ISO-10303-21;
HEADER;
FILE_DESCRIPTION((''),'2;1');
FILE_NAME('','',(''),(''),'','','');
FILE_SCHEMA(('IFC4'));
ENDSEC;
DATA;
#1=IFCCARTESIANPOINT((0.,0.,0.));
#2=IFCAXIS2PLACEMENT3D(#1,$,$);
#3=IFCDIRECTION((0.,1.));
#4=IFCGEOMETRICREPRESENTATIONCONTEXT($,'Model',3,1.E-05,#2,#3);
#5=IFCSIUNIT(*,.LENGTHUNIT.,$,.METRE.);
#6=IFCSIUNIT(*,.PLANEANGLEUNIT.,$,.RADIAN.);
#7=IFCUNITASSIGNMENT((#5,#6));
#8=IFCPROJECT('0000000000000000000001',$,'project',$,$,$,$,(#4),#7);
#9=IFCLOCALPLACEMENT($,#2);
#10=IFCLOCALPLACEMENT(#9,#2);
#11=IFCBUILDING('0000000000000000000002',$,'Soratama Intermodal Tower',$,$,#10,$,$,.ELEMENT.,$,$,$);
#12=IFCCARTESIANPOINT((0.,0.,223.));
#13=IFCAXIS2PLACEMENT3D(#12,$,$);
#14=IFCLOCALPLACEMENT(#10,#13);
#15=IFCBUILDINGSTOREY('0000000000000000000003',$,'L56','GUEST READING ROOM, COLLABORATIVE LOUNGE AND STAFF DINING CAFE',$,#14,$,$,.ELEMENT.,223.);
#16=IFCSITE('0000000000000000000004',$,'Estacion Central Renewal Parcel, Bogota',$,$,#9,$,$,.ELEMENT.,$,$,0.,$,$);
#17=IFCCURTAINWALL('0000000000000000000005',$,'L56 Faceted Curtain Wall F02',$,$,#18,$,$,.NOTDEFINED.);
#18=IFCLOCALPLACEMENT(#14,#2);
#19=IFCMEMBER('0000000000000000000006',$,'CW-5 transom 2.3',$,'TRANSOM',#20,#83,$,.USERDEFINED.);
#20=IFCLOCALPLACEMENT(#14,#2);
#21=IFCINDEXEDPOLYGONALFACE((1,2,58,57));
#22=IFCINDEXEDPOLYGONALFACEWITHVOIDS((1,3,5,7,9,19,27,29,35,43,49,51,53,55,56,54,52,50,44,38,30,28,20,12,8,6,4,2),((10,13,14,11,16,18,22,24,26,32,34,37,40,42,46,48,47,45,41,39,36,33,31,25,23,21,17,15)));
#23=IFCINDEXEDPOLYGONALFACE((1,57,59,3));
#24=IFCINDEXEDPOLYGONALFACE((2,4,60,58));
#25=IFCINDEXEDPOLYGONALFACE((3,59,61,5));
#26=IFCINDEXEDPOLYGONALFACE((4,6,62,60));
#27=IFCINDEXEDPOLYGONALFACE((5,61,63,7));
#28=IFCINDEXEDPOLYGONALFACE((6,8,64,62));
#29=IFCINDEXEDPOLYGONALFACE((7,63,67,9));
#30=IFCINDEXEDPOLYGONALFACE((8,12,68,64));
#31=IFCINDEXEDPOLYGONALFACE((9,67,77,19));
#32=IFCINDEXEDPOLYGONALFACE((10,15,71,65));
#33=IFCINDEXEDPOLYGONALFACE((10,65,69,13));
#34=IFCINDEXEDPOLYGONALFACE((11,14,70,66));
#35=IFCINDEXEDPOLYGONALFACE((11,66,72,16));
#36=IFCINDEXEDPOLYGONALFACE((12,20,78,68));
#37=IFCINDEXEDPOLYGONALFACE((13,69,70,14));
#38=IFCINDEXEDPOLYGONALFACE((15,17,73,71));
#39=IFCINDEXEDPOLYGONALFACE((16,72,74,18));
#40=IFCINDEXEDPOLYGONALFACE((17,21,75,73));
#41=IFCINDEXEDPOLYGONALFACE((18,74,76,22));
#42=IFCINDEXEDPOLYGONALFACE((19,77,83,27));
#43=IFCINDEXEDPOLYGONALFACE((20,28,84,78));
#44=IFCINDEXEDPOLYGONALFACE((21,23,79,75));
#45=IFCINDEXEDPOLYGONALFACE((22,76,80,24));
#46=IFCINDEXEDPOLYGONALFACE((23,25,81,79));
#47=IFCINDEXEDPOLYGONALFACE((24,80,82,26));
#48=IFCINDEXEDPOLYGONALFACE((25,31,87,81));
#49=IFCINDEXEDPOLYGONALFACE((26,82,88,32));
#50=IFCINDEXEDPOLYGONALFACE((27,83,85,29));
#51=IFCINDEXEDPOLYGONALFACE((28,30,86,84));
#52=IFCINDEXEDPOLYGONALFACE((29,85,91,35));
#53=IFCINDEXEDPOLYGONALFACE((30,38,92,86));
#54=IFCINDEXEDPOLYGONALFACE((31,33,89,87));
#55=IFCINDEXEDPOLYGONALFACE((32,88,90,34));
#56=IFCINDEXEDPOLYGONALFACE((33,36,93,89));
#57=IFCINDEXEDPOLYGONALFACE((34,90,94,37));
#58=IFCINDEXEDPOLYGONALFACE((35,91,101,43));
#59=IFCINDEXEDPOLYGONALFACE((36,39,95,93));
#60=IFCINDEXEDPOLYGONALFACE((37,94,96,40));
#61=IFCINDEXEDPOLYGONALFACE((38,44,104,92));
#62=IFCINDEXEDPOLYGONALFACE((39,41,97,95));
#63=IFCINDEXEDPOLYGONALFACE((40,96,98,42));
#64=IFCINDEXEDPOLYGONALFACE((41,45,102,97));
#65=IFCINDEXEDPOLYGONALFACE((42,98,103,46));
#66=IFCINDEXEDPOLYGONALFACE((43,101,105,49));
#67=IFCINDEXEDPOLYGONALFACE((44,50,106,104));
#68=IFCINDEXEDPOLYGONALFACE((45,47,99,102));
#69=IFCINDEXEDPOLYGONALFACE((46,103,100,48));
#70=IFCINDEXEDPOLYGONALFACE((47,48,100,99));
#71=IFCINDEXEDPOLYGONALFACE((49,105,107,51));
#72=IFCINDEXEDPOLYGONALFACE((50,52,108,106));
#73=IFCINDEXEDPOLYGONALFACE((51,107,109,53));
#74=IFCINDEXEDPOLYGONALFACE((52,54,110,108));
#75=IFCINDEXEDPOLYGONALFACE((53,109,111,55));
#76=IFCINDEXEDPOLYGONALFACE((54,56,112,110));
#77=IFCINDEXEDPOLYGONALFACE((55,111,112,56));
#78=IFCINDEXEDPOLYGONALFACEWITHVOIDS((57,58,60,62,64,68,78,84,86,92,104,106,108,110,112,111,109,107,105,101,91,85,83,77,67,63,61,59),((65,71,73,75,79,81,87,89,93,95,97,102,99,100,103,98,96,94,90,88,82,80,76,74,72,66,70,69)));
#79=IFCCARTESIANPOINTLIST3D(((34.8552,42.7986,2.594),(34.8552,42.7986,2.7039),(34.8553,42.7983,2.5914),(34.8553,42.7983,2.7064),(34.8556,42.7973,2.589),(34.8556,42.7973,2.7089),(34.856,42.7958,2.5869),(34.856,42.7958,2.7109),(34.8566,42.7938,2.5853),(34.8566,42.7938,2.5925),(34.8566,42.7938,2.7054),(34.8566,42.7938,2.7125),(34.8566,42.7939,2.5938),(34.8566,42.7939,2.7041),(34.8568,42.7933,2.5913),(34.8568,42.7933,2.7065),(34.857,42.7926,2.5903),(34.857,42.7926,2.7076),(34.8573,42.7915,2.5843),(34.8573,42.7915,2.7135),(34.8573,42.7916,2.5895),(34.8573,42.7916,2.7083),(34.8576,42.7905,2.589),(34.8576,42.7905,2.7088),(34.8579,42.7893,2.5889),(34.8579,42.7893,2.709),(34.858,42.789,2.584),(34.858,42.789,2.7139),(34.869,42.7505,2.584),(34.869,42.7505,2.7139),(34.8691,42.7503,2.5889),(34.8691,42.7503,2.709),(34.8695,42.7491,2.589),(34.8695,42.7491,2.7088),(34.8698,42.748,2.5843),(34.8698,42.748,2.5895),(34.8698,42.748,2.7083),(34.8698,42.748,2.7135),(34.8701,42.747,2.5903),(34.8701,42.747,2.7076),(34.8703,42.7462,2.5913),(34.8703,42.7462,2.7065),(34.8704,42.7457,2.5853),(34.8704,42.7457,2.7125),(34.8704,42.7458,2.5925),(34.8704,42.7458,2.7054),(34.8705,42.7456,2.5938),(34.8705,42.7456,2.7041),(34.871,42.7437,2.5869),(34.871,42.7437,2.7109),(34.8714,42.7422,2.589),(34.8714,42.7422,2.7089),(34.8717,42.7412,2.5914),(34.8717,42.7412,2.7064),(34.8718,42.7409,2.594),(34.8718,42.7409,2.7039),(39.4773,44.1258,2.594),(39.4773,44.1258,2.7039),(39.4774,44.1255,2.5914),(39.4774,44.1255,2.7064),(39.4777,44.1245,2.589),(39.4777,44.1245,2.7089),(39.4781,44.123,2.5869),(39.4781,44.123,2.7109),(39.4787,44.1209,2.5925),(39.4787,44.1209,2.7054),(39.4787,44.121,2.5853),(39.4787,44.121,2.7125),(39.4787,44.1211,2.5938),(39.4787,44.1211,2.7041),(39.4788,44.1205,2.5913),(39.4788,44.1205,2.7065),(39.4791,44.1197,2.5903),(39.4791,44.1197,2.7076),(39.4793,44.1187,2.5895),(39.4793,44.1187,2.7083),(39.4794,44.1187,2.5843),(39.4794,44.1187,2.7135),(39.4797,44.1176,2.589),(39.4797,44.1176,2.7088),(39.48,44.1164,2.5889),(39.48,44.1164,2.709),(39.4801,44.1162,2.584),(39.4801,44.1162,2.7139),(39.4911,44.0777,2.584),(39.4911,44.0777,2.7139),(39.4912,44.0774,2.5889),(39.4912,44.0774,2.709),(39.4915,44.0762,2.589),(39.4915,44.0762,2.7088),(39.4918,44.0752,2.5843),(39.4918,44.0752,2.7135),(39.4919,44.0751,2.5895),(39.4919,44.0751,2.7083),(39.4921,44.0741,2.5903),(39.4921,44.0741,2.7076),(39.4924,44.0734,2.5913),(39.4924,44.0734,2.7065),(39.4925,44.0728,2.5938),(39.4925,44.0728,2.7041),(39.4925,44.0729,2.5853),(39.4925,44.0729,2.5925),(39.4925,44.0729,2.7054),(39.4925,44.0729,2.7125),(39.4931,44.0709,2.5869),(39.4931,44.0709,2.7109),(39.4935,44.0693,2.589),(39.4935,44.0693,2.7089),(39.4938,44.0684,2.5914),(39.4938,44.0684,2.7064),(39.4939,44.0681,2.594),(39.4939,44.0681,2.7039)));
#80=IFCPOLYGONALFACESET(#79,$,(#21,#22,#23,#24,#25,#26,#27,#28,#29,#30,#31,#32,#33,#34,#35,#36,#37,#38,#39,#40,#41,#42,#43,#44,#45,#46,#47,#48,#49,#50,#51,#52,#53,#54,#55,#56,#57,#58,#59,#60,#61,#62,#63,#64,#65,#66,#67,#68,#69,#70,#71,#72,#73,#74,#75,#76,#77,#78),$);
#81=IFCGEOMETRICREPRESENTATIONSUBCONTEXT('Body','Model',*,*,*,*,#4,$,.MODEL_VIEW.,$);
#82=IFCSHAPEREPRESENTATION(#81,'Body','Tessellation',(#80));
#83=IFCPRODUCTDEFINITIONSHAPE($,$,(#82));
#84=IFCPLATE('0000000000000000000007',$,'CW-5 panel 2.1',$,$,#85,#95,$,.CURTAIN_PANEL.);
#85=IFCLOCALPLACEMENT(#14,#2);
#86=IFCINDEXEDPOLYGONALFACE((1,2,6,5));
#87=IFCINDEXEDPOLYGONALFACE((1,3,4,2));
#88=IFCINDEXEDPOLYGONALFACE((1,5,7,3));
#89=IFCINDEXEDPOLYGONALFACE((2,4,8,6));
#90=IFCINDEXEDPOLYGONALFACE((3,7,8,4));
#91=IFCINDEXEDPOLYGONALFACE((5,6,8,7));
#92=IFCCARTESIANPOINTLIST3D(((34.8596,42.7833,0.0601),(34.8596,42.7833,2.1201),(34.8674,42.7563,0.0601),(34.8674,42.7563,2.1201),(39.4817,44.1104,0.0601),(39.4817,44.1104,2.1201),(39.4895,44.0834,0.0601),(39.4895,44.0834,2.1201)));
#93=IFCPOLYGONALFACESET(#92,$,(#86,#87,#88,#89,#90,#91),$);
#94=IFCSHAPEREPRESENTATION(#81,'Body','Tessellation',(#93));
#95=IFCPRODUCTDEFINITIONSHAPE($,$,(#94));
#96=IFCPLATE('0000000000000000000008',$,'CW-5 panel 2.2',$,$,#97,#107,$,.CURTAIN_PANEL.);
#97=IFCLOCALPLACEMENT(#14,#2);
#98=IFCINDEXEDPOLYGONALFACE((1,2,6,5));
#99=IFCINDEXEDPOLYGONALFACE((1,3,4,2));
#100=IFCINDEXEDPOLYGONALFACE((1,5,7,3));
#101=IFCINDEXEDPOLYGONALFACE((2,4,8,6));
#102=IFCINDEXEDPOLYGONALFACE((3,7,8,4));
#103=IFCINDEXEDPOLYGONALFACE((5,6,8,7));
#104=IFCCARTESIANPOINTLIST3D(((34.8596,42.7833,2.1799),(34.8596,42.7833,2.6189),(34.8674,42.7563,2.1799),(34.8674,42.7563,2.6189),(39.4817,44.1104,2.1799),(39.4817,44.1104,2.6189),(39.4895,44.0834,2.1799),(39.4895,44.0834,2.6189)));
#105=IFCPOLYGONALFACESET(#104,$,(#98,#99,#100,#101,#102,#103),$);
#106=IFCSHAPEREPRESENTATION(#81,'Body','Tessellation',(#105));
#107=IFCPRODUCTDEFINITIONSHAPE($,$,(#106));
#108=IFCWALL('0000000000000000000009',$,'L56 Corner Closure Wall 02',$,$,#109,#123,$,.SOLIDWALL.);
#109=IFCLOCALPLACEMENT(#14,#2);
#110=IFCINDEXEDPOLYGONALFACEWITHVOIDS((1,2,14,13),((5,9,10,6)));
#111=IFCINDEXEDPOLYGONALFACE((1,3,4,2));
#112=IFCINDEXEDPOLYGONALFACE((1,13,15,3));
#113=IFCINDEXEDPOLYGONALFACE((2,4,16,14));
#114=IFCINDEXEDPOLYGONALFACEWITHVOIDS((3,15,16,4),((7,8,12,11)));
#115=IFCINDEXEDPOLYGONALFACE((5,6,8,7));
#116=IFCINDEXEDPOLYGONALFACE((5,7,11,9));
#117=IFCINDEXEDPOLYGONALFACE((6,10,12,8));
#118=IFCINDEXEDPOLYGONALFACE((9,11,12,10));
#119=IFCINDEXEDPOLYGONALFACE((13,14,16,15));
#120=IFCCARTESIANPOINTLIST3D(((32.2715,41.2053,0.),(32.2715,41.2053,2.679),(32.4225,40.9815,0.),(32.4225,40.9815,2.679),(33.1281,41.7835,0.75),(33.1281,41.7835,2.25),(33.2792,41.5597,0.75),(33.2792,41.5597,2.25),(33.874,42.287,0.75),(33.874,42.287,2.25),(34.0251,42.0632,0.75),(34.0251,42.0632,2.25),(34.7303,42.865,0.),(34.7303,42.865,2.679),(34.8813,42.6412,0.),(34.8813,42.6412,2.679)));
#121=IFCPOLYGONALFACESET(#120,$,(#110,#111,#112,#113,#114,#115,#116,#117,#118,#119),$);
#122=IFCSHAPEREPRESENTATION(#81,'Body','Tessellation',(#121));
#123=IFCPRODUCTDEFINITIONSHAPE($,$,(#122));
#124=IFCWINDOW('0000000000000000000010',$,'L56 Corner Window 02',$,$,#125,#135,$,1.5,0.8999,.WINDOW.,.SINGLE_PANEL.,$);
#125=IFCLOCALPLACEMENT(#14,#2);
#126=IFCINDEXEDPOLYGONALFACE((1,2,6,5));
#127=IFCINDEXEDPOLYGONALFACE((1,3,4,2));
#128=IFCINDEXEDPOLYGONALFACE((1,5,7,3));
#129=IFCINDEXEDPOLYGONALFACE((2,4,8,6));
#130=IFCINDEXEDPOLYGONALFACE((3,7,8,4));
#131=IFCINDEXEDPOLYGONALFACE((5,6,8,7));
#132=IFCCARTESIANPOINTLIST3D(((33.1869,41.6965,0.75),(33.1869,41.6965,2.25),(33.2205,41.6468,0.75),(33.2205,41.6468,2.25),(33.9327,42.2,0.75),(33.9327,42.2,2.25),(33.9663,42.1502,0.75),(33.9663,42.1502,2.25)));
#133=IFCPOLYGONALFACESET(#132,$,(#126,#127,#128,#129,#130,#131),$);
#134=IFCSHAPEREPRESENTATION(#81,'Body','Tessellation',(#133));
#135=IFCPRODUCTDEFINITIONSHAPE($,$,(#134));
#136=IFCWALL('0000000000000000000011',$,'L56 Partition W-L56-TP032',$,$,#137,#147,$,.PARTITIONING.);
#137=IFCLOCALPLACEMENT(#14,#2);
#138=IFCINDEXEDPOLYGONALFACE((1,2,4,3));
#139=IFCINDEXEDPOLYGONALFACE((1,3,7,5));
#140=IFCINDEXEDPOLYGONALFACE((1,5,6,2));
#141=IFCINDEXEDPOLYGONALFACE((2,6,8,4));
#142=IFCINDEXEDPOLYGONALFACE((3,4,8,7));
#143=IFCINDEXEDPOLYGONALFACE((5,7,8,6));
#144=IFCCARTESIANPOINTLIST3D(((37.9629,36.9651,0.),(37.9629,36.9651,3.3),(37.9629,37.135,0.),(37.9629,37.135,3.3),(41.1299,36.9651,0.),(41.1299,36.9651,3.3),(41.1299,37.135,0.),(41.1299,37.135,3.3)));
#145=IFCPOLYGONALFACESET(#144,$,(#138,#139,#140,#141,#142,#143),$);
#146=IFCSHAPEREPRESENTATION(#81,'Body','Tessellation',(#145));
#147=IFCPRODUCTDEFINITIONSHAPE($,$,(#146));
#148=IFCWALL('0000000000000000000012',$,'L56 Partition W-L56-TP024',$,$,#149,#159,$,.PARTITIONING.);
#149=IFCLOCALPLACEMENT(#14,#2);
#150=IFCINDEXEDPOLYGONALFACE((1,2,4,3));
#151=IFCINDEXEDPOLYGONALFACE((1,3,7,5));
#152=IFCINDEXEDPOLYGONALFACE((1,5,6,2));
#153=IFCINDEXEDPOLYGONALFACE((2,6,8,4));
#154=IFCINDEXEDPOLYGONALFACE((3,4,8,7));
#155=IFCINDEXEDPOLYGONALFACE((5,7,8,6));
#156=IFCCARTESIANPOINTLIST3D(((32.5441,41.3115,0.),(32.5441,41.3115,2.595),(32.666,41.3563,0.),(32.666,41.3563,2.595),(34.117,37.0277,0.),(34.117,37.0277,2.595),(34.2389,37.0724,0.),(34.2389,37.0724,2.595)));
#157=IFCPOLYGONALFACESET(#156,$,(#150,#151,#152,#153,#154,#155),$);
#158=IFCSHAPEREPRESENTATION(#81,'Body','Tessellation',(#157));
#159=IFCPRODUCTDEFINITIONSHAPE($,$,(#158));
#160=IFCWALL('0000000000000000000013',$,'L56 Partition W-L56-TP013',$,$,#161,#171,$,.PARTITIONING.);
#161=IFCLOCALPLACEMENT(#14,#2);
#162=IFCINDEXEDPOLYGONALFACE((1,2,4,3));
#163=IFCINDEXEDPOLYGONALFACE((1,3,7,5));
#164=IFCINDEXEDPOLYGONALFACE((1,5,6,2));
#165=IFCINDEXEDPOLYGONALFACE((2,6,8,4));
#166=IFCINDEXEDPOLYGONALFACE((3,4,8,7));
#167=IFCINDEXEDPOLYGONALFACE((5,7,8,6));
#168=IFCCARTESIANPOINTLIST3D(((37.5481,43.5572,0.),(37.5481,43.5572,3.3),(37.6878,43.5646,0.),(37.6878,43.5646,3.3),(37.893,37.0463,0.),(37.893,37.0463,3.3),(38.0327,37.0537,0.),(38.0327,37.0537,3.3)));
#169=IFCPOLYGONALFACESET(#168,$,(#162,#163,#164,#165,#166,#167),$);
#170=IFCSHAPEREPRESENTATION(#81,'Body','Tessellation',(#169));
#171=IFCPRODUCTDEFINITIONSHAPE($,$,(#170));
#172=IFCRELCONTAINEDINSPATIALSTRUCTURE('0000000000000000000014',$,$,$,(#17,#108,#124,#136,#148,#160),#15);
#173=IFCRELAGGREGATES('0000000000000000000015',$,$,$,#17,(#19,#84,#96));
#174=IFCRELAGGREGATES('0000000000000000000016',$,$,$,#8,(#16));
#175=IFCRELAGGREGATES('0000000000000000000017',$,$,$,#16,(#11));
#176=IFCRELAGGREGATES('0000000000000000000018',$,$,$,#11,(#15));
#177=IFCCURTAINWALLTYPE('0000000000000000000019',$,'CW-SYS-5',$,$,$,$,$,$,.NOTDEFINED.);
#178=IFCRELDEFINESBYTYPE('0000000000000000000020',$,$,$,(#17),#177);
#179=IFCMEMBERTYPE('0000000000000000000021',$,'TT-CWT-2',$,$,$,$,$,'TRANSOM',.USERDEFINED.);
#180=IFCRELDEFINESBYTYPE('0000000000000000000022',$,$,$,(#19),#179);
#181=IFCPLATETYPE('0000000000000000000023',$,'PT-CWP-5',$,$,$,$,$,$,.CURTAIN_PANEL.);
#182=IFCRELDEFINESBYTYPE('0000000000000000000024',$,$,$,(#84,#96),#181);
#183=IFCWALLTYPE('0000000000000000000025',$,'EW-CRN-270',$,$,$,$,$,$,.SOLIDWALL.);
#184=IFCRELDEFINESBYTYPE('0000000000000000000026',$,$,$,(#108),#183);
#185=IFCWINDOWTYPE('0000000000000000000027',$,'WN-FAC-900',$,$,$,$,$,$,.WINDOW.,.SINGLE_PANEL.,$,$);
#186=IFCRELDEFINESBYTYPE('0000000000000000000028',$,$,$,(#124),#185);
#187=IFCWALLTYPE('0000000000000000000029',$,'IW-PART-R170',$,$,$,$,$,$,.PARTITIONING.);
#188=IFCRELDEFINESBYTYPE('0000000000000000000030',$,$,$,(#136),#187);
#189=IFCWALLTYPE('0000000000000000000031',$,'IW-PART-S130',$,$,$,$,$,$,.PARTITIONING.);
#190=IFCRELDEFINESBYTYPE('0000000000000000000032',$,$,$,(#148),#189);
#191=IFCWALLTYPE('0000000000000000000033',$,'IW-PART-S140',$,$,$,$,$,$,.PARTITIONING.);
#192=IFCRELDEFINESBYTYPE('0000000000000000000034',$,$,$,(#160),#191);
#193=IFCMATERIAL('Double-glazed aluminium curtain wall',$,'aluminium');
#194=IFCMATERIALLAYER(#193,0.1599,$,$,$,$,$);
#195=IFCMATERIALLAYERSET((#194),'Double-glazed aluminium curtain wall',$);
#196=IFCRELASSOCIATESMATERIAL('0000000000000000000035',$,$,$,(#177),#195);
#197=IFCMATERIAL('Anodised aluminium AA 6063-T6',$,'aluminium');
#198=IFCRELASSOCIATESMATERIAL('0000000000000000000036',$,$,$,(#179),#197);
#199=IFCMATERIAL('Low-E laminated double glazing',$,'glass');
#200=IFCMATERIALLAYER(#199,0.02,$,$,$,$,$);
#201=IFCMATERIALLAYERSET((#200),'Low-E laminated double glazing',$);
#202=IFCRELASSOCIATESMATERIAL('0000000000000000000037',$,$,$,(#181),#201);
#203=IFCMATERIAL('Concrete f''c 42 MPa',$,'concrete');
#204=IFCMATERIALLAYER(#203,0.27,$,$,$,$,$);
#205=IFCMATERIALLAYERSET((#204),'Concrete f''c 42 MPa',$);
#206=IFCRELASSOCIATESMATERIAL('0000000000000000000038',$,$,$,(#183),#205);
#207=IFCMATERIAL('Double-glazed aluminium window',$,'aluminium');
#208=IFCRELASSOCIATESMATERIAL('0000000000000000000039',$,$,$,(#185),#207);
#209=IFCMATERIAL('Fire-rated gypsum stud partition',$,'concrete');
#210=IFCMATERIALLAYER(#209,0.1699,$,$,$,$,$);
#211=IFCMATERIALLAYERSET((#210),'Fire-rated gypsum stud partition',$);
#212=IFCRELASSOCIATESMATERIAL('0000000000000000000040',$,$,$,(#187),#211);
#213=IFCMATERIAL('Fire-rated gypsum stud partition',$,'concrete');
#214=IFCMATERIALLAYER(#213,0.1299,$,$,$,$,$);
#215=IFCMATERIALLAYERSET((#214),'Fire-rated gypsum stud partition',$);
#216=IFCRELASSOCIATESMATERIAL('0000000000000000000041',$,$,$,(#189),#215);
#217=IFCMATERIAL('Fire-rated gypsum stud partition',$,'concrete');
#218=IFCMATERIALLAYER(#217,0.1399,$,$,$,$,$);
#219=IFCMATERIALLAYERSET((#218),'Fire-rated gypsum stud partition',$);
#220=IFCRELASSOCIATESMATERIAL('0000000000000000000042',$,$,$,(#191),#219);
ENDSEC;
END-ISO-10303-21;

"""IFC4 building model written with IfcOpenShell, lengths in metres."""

from ifc_helpers import new_model, si_unit, direction, frame, frame_2d, origin, origin_2d, place, context, subcontext, project, spatial, rectangle, hollow_rectangle, extrude, material, layer, layer_set, material_profile, profile_set, type_object, element, fill, aggregate, save


model = new_model("IFC4")

# Units and contexts
model_context = context("Model", 3, precision=1e-05, world=origin(), true_north=direction((0.0, 1.0)))
body_context = subcontext(model_context, "Body", "Model", "MODEL_VIEW")
ifc_project = project(units=[si_unit("LENGTHUNIT", "METRE"), si_unit("PLANEANGLEUNIT", "RADIAN")], contexts=[model_context])

# Site, building, storey
site_placement = place(None, origin())
site = spatial("IfcSite", under=ifc_project, at=site_placement, Name="Estacion Central Renewal Parcel, Bogota", CompositionType="ELEMENT", RefElevation=0.0)
building_placement = place(site_placement, origin())
building = spatial("IfcBuilding", under=site, at=building_placement, Name="Soratama Intermodal Tower", CompositionType="ELEMENT")
storey_placement = place(building_placement, frame((0.0, 0.0, 223.0)))
storey = spatial("IfcBuildingStorey", under=building, at=storey_placement, Name="L56", Description="GUEST READING ROOM, COLLABORATIVE LOUNGE AND STAFF DINING CAFE", CompositionType="ELEMENT", Elevation=223.0)

# Curtain wall, member, plates
ifc_material_1 = material(Name="Double-glazed aluminium curtain wall", Category="aluminium")
ifc_layer_1 = layer(ifc_material_1, 0.1599)
ifc_layer_set_1 = layer_set([ifc_layer_1], Name="Double-glazed aluminium curtain wall")
curtain_wall_type = type_object("IfcCurtainWallType", Name="CW-SYS-5", PredefinedType="NOTDEFINED", material=ifc_layer_set_1)
curtain_wall_placement = place(storey_placement, origin())
curtain_wall = element("IfcCurtainWall", 1, at=curtain_wall_placement, inside=storey, type_object=curtain_wall_type, Name="L56 Faceted Curtain Wall F02", PredefinedType="NOTDEFINED")
ifc_material_2 = material(Name="Anodised aluminium AA 6063-T6", Category="aluminium")
ifc_material_profile_1 = material_profile(ifc_material_2, hollow_rectangle(XDim=0.0601, YDim=0.1299, WallThickness=0.0049, InnerFilletRadius=0.0049, OuterFilletRadius=0.01, at=origin_2d()), Name="CWT130X60X5")
ifc_profile_set_1 = profile_set([ifc_material_profile_1], Name="Anodised aluminium AA 6063-T6")
member_type_1 = type_object("IfcMemberType", Name="TT-CWT-2", ElementType="TRANSOM", PredefinedType="USERDEFINED", material=ifc_profile_set_1)
member_1_placement = place(storey_placement, frame((39.4856, 44.0969, 2.6489), z_axis=(-0.961163, -0.275982, 0.0), x_axis=(0.275982, -0.961163, 0.0)))
member_1 = element("IfcMember", 2, at=member_1_placement, type_object=member_type_1, Name="CW-5 transom 2.3", ObjectType="TRANSOM", PredefinedType="USERDEFINED", context=body_context, shape_type="SweptSolid", body=[
    extrude(hollow_rectangle(XDim=0.0601, YDim=0.1299, WallThickness=0.0049, InnerFilletRadius=0.0049, OuterFilletRadius=0.01, at=origin_2d()), origin(), (0.0, 0.0, 1.0), 4.8088),
])
ifc_material_3 = material(Name="Low-E laminated double glazing", Category="glass")
ifc_layer_2 = layer(ifc_material_3, 0.02)
ifc_layer_set_2 = layer_set([ifc_layer_2], Name="Low-E laminated double glazing")
plate_type = type_object("IfcPlateType", Name="PT-CWP-5", PredefinedType="CURTAIN_PANEL", material=ifc_layer_set_2)
plate_1_placement = place(storey_placement, frame((37.1746, 43.4333, 0.0601), z_axis=(0.0, 0.0, 1.0), x_axis=(-0.961165, -0.275973, 0.0)))
plate_1 = element("IfcPlate", 3, at=plate_1_placement, type_object=plate_type, Name="CW-5 panel 2.1", PredefinedType="CURTAIN_PANEL", context=body_context, shape_type="SweptSolid", body=[
    extrude(rectangle(XDim=4.8088, YDim=0.0281, at=origin_2d()), origin(), (0.0, 0.0, 1.0), 2.0601),
])
plate_2_placement = place(storey_placement, frame((37.1746, 43.4333, 2.1799), z_axis=(0.0, 0.0, 1.0), x_axis=(-0.961165, -0.275973, 0.0)))
plate_2 = element("IfcPlate", 4, at=plate_2_placement, type_object=plate_type, Name="CW-5 panel 2.2", PredefinedType="CURTAIN_PANEL", context=body_context, shape_type="SweptSolid", body=[
    extrude(rectangle(XDim=4.8088, YDim=0.0281, at=origin_2d()), origin(), (0.0, 0.0, 1.0), 0.439),
])
aggregate(curtain_wall, [member_1, plate_1, plate_2])

# Wall, opening, window
ifc_material_4 = material(Name="Concrete f'c 42 MPa", Category="concrete")
ifc_layer_3 = layer(ifc_material_4, 0.27)
ifc_layer_set_3 = layer_set([ifc_layer_3], Name="Concrete f'c 42 MPa")
wall_type_1 = type_object("IfcWallType", Name="EW-CRN-270", PredefinedType="SOLIDWALL", material=ifc_layer_set_3)
wall_1_placement = place(storey_placement, frame((34.8059, 42.7532, 0.0), z_axis=(0.0, 0.0, 1.0), x_axis=(-0.828846, -0.559477, 0.0)))
wall_1 = element("IfcWall", 5, at=wall_1_placement, inside=storey, type_object=wall_type_1, Name="L56 Corner Closure Wall 02", PredefinedType="SOLIDWALL", context=body_context, shape_type="SweptSolid", body=[
    extrude(rectangle(XDim=2.9666, YDim=0.27, at=frame_2d((1.4834, 0.0))), origin(), (0.0, 0.0, 1.0), 2.679),
])
opening_1_placement = place(wall_1_placement, frame((1.0332, 0.0, 0.75)))
opening_1 = element("IfcOpeningElement", 6, at=opening_1_placement, cuts=wall_1, PredefinedType="OPENING", context=body_context, shape_type="SweptSolid", body=[
    extrude(rectangle(XDim=0.8999, YDim=1.5, at=frame_2d((0.45, 0.75))), frame((0.0, 0.145, 0.0), z_axis=(0.0, -1.0, 0.0), x_axis=(1.0, 0.0, 0.0)), (0.0, 0.0, 1.0), 0.29),
])
ifc_material_5 = material(Name="Double-glazed aluminium window", Category="aluminium")
window_type = type_object("IfcWindowType", Name="WN-FAC-900", PartitioningType="SINGLE_PANEL", PredefinedType="WINDOW", material=ifc_material_5)
window_placement = place(opening_1_placement, origin())
window = element("IfcWindow", 7, at=window_placement, inside=storey, type_object=window_type, Name="L56 Corner Window 02", OverallHeight=1.5, OverallWidth=0.8999, PartitioningType="SINGLE_PANEL", PredefinedType="WINDOW", context=body_context, shape_type="SweptSolid", body=[
    extrude(rectangle(XDim=0.8999, YDim=1.5, at=frame_2d((0.45, 0.75))), frame((0.0, 0.03, 0.0), z_axis=(0.0, -1.0, 0.0), x_axis=(1.0, 0.0, 0.0)), (0.0, 0.0, 1.0), 0.0601),
])
fill(opening_1, window)

# Shared definitions
ifc_material_6 = material(Name="Fire-rated gypsum stud partition", Category="concrete")
ifc_layer_4 = layer(ifc_material_6, 0.1699)
ifc_layer_set_4 = layer_set([ifc_layer_4], Name="Fire-rated gypsum stud partition")
wall_type_2 = type_object("IfcWallType", Name="IW-PART-R170", PredefinedType="PARTITIONING", material=ifc_layer_set_4)

# Walls
wall_2_placement = place(storey_placement, frame((37.9629, 37.05, 0.0), z_axis=(0.0, 0.0, 1.0), x_axis=(1.0, 0.0, 0.0)))
element("IfcWall", 8, at=wall_2_placement, inside=storey, type_object=wall_type_2, Name="L56 Partition W-L56-TP032", PredefinedType="PARTITIONING", context=body_context, shape_type="SweptSolid", body=[
    extrude(rectangle(XDim=3.167, YDim=0.1699, at=frame_2d((1.5835, 0.0))), origin(), (0.0, 0.0, 1.0), 3.3),
])
ifc_material_7 = material(Name="Fire-rated gypsum stud partition", Category="concrete")
ifc_layer_5 = layer(ifc_material_7, 0.1299)
ifc_layer_set_5 = layer_set([ifc_layer_5], Name="Fire-rated gypsum stud partition")
wall_type_3 = type_object("IfcWallType", Name="IW-PART-S130", PredefinedType="PARTITIONING", material=ifc_layer_set_5)
wall_3_placement = place(storey_placement, frame((34.178, 37.05, 0.0), z_axis=(0.0, 0.0, 1.0), x_axis=(-0.344684, 0.938719, 0.0)))
element("IfcWall", 9, at=wall_3_placement, inside=storey, type_object=wall_type_3, Name="L56 Partition W-L56-TP024", PredefinedType="PARTITIONING", context=body_context, shape_type="SweptSolid", body=[
    extrude(rectangle(XDim=4.5635, YDim=0.1299, at=frame_2d((2.2817, 0.0))), origin(), (0.0, 0.0, 1.0), 2.595),
])
ifc_material_8 = material(Name="Fire-rated gypsum stud partition", Category="concrete")
ifc_layer_6 = layer(ifc_material_8, 0.1399)
ifc_layer_set_6 = layer_set([ifc_layer_6], Name="Fire-rated gypsum stud partition")
wall_type_4 = type_object("IfcWallType", Name="IW-PART-S140", PredefinedType="PARTITIONING", material=ifc_layer_set_6)
wall_4_placement = place(storey_placement, frame((37.9629, 37.05, 0.0), z_axis=(0.0, 0.0, 1.0), x_axis=(-0.052909, 0.998599, 0.0)))
element("IfcWall", 10, at=wall_4_placement, inside=storey, type_object=wall_type_4, Name="L56 Partition W-L56-TP013", PredefinedType="PARTITIONING", context=body_context, shape_type="SweptSolid", body=[
    extrude(rectangle(XDim=6.52, YDim=0.1399, at=frame_2d((3.26, 0.0))), origin(), (0.0, 0.0, 1.0), 3.3),
])

save(model, "model.ifc")
